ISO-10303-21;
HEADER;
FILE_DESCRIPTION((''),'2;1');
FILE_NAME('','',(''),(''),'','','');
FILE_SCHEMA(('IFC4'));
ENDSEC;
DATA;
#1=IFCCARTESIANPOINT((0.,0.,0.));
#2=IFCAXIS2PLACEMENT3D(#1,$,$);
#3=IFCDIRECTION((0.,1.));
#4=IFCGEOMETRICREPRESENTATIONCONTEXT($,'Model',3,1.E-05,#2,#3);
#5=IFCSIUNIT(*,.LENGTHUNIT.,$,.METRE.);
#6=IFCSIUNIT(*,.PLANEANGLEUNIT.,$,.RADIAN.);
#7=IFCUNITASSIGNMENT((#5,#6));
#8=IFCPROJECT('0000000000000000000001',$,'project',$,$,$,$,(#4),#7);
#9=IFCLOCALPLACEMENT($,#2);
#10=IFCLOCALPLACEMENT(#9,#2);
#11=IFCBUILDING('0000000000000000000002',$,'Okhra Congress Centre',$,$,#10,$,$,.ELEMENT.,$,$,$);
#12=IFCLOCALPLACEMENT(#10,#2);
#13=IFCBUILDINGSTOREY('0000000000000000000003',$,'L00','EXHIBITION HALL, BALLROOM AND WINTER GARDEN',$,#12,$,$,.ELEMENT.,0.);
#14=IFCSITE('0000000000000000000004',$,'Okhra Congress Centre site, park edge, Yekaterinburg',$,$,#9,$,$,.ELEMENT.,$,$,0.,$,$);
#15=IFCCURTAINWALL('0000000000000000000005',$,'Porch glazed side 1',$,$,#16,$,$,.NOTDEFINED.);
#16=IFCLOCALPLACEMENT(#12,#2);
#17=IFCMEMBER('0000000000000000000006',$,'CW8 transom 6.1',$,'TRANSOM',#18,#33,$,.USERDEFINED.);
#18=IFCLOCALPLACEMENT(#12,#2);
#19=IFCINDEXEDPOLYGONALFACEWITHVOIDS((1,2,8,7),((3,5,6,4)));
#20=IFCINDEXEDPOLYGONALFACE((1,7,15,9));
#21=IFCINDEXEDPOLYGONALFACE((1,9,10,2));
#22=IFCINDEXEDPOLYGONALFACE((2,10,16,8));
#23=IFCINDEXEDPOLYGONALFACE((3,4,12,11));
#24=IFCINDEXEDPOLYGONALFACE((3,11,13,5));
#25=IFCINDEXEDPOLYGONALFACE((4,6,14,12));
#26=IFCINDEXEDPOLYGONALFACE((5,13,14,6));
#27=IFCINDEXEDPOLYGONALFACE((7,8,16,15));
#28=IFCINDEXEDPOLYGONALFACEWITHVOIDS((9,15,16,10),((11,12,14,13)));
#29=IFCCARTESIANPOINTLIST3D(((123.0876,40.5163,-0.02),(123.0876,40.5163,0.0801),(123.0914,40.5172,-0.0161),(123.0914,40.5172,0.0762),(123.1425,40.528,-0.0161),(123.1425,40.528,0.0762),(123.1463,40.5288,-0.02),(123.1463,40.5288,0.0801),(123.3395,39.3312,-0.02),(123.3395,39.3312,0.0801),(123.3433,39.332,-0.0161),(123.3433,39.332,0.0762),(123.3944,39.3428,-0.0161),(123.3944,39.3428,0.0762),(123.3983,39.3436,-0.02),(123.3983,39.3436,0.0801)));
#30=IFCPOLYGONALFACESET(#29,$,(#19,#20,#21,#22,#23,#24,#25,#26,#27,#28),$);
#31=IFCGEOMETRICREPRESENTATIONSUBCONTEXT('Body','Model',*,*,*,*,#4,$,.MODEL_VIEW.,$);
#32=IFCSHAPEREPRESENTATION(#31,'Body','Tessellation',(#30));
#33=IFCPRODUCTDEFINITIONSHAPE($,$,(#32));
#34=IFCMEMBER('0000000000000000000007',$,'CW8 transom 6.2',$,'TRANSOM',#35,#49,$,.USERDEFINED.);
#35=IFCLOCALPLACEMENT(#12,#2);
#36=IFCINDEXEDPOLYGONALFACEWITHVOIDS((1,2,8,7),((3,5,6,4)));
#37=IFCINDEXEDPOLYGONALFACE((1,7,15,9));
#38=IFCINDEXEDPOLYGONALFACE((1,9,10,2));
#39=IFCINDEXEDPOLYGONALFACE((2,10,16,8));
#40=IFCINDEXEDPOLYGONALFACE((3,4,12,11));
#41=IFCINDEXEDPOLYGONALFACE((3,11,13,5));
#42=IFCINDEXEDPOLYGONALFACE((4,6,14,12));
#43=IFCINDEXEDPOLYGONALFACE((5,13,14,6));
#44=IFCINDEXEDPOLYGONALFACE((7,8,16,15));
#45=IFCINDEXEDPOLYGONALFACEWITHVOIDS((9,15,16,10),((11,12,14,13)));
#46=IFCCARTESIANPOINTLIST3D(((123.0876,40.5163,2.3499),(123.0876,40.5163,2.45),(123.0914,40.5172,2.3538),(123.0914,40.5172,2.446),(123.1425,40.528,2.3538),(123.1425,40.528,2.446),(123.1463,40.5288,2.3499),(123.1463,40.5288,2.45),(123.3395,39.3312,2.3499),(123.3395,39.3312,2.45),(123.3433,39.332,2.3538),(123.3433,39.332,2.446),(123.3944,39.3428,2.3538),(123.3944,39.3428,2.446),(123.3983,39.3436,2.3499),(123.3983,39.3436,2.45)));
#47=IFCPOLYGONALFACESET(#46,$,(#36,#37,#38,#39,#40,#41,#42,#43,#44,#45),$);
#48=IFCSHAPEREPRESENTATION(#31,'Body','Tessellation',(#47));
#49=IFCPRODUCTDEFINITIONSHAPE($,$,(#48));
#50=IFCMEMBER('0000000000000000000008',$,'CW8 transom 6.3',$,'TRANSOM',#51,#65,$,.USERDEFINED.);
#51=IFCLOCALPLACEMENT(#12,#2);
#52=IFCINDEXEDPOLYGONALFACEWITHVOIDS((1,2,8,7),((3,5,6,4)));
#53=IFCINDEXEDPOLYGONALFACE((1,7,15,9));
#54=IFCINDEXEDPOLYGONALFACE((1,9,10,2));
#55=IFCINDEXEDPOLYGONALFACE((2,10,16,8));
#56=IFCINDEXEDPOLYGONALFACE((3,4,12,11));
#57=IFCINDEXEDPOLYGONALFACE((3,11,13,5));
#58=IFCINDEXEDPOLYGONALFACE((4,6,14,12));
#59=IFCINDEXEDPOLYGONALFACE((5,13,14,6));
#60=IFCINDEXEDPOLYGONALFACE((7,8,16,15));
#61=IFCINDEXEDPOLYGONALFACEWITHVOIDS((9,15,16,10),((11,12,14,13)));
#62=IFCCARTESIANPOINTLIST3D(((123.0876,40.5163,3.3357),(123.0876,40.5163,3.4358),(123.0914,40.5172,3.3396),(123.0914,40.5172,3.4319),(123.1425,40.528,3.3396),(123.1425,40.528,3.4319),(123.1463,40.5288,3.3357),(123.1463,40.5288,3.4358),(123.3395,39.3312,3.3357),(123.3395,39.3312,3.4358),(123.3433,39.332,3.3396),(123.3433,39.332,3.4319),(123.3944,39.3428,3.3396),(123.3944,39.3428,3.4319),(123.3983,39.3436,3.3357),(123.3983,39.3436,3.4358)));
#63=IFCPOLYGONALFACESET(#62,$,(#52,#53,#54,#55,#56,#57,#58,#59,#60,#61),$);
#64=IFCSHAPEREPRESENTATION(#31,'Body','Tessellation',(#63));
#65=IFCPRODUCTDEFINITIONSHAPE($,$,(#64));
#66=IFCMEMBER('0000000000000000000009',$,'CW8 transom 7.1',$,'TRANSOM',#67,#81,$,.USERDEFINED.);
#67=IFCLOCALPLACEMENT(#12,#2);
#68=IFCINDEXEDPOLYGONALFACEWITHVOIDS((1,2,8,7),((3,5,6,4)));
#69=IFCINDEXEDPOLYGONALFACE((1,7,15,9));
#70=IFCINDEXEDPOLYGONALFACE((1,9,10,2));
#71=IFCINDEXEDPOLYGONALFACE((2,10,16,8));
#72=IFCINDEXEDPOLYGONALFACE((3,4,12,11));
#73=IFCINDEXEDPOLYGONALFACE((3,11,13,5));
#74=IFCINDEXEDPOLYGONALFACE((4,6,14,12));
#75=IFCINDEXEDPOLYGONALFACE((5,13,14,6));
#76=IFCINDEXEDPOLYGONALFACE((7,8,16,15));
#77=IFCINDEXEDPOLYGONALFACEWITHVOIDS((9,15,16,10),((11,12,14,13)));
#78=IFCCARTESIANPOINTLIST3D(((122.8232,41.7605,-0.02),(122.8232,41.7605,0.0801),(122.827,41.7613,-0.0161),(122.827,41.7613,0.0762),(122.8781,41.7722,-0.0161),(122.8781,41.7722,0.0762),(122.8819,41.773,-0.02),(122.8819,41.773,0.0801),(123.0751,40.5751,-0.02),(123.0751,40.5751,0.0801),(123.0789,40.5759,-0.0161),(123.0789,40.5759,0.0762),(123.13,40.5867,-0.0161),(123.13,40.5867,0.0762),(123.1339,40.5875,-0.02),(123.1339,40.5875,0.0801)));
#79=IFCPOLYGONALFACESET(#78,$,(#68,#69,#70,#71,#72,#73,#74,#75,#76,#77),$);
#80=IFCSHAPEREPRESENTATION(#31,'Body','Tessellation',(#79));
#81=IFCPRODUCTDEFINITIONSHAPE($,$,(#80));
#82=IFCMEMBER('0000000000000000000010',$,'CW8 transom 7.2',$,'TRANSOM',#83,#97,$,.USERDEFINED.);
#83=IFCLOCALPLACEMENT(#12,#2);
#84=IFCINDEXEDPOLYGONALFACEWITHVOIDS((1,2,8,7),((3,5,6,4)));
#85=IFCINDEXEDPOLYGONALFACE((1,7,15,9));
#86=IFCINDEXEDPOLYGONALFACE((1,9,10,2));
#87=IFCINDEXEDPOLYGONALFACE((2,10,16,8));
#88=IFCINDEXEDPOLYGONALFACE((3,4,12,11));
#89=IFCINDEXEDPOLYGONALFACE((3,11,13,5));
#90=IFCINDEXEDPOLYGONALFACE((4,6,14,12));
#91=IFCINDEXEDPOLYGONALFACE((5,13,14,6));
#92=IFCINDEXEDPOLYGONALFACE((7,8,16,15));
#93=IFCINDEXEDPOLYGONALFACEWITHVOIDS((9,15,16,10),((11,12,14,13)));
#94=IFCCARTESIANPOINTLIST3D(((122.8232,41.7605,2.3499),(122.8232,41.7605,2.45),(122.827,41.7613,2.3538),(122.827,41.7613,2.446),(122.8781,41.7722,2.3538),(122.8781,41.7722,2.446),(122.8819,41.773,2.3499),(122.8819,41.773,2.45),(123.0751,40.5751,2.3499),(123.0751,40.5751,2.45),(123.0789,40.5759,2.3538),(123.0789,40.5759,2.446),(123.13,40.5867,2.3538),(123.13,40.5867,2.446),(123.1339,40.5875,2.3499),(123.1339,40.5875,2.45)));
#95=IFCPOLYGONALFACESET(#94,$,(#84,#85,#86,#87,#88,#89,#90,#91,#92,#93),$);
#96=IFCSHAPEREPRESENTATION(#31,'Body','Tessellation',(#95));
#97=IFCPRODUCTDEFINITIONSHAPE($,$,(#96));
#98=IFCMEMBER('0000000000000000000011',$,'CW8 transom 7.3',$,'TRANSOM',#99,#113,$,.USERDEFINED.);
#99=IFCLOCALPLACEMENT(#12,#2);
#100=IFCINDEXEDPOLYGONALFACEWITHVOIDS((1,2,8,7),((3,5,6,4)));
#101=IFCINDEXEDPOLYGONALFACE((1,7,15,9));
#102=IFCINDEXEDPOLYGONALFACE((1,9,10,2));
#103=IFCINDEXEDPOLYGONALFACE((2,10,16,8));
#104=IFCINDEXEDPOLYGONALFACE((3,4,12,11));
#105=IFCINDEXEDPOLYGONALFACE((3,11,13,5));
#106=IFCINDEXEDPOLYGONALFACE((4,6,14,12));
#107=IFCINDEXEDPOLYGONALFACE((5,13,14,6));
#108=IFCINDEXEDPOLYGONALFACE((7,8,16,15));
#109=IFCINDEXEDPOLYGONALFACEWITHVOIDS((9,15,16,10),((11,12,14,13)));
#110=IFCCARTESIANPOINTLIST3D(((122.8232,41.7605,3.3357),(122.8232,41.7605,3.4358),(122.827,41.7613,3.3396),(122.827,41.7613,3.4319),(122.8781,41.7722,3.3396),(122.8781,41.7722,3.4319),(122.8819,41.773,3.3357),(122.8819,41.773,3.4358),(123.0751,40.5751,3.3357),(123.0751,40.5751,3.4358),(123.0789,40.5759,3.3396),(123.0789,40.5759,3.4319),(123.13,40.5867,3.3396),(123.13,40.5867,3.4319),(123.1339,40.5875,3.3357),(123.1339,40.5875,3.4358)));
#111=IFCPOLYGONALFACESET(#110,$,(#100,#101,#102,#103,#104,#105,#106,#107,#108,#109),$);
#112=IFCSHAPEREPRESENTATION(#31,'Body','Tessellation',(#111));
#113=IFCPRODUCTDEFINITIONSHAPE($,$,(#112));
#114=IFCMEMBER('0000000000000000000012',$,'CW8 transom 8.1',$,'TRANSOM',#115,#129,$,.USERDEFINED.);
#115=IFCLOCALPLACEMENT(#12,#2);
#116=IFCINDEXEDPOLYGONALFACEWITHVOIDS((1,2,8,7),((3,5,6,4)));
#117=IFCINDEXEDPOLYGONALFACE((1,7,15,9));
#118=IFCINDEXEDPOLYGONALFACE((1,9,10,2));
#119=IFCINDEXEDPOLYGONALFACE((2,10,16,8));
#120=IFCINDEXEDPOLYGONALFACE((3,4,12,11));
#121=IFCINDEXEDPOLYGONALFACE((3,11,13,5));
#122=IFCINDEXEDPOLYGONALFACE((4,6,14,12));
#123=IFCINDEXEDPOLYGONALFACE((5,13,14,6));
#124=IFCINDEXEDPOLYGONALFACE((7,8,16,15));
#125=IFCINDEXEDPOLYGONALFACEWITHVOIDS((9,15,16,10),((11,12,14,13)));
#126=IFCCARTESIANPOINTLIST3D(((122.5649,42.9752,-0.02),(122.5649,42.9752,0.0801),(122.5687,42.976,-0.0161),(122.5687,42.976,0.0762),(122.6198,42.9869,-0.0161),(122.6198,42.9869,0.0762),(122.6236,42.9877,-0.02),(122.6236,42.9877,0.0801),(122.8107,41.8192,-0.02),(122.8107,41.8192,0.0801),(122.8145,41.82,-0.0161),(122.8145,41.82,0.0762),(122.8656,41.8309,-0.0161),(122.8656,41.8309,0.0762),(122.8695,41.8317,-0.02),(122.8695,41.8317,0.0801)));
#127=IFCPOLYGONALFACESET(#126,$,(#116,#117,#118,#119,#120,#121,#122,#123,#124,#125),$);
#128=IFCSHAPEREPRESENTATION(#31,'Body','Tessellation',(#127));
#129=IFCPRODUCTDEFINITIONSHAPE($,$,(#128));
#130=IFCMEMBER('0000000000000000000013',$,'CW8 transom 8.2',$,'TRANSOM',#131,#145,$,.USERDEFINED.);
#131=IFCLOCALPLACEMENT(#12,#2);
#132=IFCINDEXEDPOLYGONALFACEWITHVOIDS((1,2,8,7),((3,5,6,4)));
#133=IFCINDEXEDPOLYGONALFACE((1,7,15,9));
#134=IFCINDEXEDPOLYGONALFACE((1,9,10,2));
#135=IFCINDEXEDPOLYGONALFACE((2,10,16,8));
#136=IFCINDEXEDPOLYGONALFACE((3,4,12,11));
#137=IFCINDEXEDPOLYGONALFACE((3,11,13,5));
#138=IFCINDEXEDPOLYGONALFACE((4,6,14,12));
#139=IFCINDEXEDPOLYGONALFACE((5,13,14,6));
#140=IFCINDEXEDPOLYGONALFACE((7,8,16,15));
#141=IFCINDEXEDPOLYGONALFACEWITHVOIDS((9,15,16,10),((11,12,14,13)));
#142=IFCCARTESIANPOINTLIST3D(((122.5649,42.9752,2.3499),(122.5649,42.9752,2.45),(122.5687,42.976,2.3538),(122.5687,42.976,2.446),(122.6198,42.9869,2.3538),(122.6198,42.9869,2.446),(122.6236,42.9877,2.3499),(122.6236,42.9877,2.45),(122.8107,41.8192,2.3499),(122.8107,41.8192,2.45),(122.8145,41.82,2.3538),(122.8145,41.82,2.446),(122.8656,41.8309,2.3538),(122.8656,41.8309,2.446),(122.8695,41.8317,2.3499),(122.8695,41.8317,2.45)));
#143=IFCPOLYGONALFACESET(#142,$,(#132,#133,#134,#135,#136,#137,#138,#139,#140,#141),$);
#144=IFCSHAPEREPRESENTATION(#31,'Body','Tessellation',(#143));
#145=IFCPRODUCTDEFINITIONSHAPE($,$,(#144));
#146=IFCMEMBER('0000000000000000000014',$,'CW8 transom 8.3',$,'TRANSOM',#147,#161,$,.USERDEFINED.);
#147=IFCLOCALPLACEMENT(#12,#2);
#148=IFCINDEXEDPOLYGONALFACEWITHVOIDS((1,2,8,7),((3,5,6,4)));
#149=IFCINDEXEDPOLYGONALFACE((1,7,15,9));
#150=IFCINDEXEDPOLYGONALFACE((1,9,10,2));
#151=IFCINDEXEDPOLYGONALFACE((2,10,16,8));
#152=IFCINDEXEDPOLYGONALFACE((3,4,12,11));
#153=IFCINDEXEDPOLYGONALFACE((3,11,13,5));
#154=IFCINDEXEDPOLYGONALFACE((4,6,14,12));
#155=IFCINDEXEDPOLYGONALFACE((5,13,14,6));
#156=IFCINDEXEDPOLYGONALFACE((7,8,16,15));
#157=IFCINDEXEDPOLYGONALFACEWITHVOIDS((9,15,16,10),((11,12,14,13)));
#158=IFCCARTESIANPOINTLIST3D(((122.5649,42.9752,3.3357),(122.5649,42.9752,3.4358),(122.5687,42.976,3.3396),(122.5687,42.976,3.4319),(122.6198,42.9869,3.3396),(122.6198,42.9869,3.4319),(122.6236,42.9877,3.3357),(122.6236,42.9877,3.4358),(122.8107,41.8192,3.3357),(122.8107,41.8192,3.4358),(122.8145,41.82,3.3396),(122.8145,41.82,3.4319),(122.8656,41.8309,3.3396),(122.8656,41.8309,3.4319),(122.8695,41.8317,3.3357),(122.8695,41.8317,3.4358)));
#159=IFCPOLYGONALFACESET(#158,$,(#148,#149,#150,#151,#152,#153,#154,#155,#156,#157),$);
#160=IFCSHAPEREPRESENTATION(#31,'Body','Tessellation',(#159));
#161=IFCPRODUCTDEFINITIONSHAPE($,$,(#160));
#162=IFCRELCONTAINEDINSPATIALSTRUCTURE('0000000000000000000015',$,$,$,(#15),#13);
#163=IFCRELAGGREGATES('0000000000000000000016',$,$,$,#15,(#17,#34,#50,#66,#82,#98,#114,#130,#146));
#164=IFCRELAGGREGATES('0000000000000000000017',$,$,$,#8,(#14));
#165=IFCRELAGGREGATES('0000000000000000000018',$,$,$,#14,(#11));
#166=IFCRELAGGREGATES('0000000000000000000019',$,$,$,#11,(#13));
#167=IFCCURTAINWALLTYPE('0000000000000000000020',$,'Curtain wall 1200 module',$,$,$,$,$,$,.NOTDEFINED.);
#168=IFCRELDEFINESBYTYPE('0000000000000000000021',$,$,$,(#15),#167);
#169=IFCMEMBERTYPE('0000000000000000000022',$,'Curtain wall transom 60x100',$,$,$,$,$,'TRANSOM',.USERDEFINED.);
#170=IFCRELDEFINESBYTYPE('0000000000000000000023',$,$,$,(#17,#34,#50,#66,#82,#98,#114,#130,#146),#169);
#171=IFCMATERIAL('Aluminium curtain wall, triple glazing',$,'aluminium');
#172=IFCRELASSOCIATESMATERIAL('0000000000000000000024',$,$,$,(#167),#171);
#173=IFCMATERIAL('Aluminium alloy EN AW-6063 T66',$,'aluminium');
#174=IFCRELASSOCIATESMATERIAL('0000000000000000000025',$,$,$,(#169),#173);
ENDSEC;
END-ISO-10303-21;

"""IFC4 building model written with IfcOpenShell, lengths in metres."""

from ifc_helpers import new_model, si_unit, direction, frame, origin, origin_2d, place, context, subcontext, project, spatial, hollow_rectangle, extrude, material, material_profile, profile_set, type_object, element, aggregate, save


model = new_model("IFC4")

# Units and contexts
model_context = context("Model", 3, precision=1e-05, world=origin(), true_north=direction((0.0, 1.0)))
body_context = subcontext(model_context, "Body", "Model", "MODEL_VIEW")
ifc_project = project(units=[si_unit("LENGTHUNIT", "METRE"), si_unit("PLANEANGLEUNIT", "RADIAN")], contexts=[model_context])

# Site, building, storey
site_placement = place(None, origin())
site = spatial("IfcSite", under=ifc_project, at=site_placement, Name="Okhra Congress Centre site, park edge, Yekaterinburg", CompositionType="ELEMENT", RefElevation=0.0)
building_placement = place(site_placement, origin())
building = spatial("IfcBuilding", under=site, at=building_placement, Name="Okhra Congress Centre", CompositionType="ELEMENT")
storey_placement = place(building_placement, origin())
storey = spatial("IfcBuildingStorey", under=building, at=storey_placement, Name="L00", Description="EXHIBITION HALL, BALLROOM AND WINTER GARDEN", CompositionType="ELEMENT", Elevation=0.0)

# Curtain wall, members
ifc_material_1 = material(Name="Aluminium curtain wall, triple glazing", Category="aluminium")
curtain_wall_type = type_object("IfcCurtainWallType", Name="Curtain wall 1200 module", PredefinedType="NOTDEFINED", material=ifc_material_1)
curtain_wall_placement = place(storey_placement, origin())
curtain_wall = element("IfcCurtainWall", 1, at=curtain_wall_placement, inside=storey, type_object=curtain_wall_type, Name="Porch glazed side 1", PredefinedType="NOTDEFINED")
ifc_material_2 = material(Name="Aluminium alloy EN AW-6063 T66", Category="aluminium")
ifc_material_profile_1 = material_profile(ifc_material_2, hollow_rectangle(XDim=0.0601, YDim=0.1001, WallThickness=0.0039, at=origin_2d()), Name="RHS 60x100x4")
ifc_profile_set_1 = profile_set([ifc_material_profile_1], Name="Aluminium alloy EN AW-6063 T66")
member_type_1 = type_object("IfcMemberType", Name="Curtain wall transom 60x100", ElementType="TRANSOM", PredefinedType="USERDEFINED", material=ifc_profile_set_1)
member_1_placement = place(storey_placement, frame((123.3689, 39.3374, 0.03), z_axis=(-0.207919, 0.978146, 0.0), x_axis=(-0.978146, -0.207919, 0.0)))
member_1 = element("IfcMember", 2, at=member_1_placement, type_object=member_type_1, Name="CW8 transom 6.1", ObjectType="TRANSOM", PredefinedType="USERDEFINED", context=body_context, shape_type="SweptSolid", body=[
    extrude(hollow_rectangle(XDim=0.0601, YDim=0.1001, WallThickness=0.0039, at=origin_2d()), origin(), (0.0, 0.0, 1.0), 1.2117),
])
member_2_placement = place(storey_placement, frame((123.3689, 39.3374, 2.3999), z_axis=(-0.207919, 0.978146, 0.0), x_axis=(-0.978146, -0.207919, 0.0)))
member_2 = element("IfcMember", 3, at=member_2_placement, type_object=member_type_1, Name="CW8 transom 6.2", ObjectType="TRANSOM", PredefinedType="USERDEFINED", context=body_context, shape_type="SweptSolid", body=[
    extrude(hollow_rectangle(XDim=0.0601, YDim=0.1001, WallThickness=0.0039, at=origin_2d()), origin(), (0.0, 0.0, 1.0), 1.2117),
])
member_3_placement = place(storey_placement, frame((123.3689, 39.3374, 3.3857), z_axis=(-0.207919, 0.978146, 0.0), x_axis=(-0.978146, -0.207919, 0.0)))
member_3 = element("IfcMember", 4, at=member_3_placement, type_object=member_type_1, Name="CW8 transom 6.3", ObjectType="TRANSOM", PredefinedType="USERDEFINED", context=body_context, shape_type="SweptSolid", body=[
    extrude(hollow_rectangle(XDim=0.0601, YDim=0.1001, WallThickness=0.0039, at=origin_2d()), origin(), (0.0, 0.0, 1.0), 1.2117),
])
member_4_placement = place(storey_placement, frame((123.1045, 40.5813, 0.03), z_axis=(-0.207878, 0.978155, 0.0), x_axis=(-0.978155, -0.207878, 0.0)))
member_4 = element("IfcMember", 5, at=member_4_placement, type_object=member_type_1, Name="CW8 transom 7.1", ObjectType="TRANSOM", PredefinedType="USERDEFINED", context=body_context, shape_type="SweptSolid", body=[
    extrude(hollow_rectangle(XDim=0.0601, YDim=0.1001, WallThickness=0.0039, at=origin_2d()), origin(), (0.0, 0.0, 1.0), 1.2119),
])
member_5_placement = place(storey_placement, frame((123.1045, 40.5813, 2.3999), z_axis=(-0.207878, 0.978155, 0.0), x_axis=(-0.978155, -0.207878, 0.0)))
member_5 = element("IfcMember", 6, at=member_5_placement, type_object=member_type_1, Name="CW8 transom 7.2", ObjectType="TRANSOM", PredefinedType="USERDEFINED", context=body_context, shape_type="SweptSolid", body=[
    extrude(hollow_rectangle(XDim=0.0601, YDim=0.1001, WallThickness=0.0039, at=origin_2d()), origin(), (0.0, 0.0, 1.0), 1.2119),
])
member_6_placement = place(storey_placement, frame((123.1045, 40.5813, 3.3857), z_axis=(-0.207878, 0.978155, 0.0), x_axis=(-0.978155, -0.207878, 0.0)))
member_6 = element("IfcMember", 7, at=member_6_placement, type_object=member_type_1, Name="CW8 transom 7.3", ObjectType="TRANSOM", PredefinedType="USERDEFINED", context=body_context, shape_type="SweptSolid", body=[
    extrude(hollow_rectangle(XDim=0.0601, YDim=0.1001, WallThickness=0.0039, at=origin_2d()), origin(), (0.0, 0.0, 1.0), 1.2119),
])
member_7_placement = place(storey_placement, frame((122.8401, 41.8254, 0.03), z_axis=(-0.208019, 0.978125, 0.0), x_axis=(-0.978125, -0.208019, 0.0)))
member_7 = element("IfcMember", 8, at=member_7_placement, type_object=member_type_1, Name="CW8 transom 8.1", ObjectType="TRANSOM", PredefinedType="USERDEFINED", context=body_context, shape_type="SweptSolid", body=[
    extrude(hollow_rectangle(XDim=0.0601, YDim=0.1001, WallThickness=0.0039, at=origin_2d()), origin(), (0.0, 0.0, 1.0), 1.1819),
])
member_8_placement = place(storey_placement, frame((122.8401, 41.8254, 2.3999), z_axis=(-0.208019, 0.978125, 0.0), x_axis=(-0.978125, -0.208019, 0.0)))
member_8 = element("IfcMember", 9, at=member_8_placement, type_object=member_type_1, Name="CW8 transom 8.2", ObjectType="TRANSOM", PredefinedType="USERDEFINED", context=body_context, shape_type="SweptSolid", body=[
    extrude(hollow_rectangle(XDim=0.0601, YDim=0.1001, WallThickness=0.0039, at=origin_2d()), origin(), (0.0, 0.0, 1.0), 1.1819),
])
member_9_placement = place(storey_placement, frame((122.8401, 41.8254, 3.3857), z_axis=(-0.208019, 0.978125, 0.0), x_axis=(-0.978125, -0.208019, 0.0)))
member_9 = element("IfcMember", 10, at=member_9_placement, type_object=member_type_1, Name="CW8 transom 8.3", ObjectType="TRANSOM", PredefinedType="USERDEFINED", context=body_context, shape_type="SweptSolid", body=[
    extrude(hollow_rectangle(XDim=0.0601, YDim=0.1001, WallThickness=0.0039, at=origin_2d()), origin(), (0.0, 0.0, 1.0), 1.1819),
])

aggregate(curtain_wall, [member_1, member_2, member_3, member_4, member_5, member_6, member_7, member_8, member_9])

save(model, "model.ifc")
